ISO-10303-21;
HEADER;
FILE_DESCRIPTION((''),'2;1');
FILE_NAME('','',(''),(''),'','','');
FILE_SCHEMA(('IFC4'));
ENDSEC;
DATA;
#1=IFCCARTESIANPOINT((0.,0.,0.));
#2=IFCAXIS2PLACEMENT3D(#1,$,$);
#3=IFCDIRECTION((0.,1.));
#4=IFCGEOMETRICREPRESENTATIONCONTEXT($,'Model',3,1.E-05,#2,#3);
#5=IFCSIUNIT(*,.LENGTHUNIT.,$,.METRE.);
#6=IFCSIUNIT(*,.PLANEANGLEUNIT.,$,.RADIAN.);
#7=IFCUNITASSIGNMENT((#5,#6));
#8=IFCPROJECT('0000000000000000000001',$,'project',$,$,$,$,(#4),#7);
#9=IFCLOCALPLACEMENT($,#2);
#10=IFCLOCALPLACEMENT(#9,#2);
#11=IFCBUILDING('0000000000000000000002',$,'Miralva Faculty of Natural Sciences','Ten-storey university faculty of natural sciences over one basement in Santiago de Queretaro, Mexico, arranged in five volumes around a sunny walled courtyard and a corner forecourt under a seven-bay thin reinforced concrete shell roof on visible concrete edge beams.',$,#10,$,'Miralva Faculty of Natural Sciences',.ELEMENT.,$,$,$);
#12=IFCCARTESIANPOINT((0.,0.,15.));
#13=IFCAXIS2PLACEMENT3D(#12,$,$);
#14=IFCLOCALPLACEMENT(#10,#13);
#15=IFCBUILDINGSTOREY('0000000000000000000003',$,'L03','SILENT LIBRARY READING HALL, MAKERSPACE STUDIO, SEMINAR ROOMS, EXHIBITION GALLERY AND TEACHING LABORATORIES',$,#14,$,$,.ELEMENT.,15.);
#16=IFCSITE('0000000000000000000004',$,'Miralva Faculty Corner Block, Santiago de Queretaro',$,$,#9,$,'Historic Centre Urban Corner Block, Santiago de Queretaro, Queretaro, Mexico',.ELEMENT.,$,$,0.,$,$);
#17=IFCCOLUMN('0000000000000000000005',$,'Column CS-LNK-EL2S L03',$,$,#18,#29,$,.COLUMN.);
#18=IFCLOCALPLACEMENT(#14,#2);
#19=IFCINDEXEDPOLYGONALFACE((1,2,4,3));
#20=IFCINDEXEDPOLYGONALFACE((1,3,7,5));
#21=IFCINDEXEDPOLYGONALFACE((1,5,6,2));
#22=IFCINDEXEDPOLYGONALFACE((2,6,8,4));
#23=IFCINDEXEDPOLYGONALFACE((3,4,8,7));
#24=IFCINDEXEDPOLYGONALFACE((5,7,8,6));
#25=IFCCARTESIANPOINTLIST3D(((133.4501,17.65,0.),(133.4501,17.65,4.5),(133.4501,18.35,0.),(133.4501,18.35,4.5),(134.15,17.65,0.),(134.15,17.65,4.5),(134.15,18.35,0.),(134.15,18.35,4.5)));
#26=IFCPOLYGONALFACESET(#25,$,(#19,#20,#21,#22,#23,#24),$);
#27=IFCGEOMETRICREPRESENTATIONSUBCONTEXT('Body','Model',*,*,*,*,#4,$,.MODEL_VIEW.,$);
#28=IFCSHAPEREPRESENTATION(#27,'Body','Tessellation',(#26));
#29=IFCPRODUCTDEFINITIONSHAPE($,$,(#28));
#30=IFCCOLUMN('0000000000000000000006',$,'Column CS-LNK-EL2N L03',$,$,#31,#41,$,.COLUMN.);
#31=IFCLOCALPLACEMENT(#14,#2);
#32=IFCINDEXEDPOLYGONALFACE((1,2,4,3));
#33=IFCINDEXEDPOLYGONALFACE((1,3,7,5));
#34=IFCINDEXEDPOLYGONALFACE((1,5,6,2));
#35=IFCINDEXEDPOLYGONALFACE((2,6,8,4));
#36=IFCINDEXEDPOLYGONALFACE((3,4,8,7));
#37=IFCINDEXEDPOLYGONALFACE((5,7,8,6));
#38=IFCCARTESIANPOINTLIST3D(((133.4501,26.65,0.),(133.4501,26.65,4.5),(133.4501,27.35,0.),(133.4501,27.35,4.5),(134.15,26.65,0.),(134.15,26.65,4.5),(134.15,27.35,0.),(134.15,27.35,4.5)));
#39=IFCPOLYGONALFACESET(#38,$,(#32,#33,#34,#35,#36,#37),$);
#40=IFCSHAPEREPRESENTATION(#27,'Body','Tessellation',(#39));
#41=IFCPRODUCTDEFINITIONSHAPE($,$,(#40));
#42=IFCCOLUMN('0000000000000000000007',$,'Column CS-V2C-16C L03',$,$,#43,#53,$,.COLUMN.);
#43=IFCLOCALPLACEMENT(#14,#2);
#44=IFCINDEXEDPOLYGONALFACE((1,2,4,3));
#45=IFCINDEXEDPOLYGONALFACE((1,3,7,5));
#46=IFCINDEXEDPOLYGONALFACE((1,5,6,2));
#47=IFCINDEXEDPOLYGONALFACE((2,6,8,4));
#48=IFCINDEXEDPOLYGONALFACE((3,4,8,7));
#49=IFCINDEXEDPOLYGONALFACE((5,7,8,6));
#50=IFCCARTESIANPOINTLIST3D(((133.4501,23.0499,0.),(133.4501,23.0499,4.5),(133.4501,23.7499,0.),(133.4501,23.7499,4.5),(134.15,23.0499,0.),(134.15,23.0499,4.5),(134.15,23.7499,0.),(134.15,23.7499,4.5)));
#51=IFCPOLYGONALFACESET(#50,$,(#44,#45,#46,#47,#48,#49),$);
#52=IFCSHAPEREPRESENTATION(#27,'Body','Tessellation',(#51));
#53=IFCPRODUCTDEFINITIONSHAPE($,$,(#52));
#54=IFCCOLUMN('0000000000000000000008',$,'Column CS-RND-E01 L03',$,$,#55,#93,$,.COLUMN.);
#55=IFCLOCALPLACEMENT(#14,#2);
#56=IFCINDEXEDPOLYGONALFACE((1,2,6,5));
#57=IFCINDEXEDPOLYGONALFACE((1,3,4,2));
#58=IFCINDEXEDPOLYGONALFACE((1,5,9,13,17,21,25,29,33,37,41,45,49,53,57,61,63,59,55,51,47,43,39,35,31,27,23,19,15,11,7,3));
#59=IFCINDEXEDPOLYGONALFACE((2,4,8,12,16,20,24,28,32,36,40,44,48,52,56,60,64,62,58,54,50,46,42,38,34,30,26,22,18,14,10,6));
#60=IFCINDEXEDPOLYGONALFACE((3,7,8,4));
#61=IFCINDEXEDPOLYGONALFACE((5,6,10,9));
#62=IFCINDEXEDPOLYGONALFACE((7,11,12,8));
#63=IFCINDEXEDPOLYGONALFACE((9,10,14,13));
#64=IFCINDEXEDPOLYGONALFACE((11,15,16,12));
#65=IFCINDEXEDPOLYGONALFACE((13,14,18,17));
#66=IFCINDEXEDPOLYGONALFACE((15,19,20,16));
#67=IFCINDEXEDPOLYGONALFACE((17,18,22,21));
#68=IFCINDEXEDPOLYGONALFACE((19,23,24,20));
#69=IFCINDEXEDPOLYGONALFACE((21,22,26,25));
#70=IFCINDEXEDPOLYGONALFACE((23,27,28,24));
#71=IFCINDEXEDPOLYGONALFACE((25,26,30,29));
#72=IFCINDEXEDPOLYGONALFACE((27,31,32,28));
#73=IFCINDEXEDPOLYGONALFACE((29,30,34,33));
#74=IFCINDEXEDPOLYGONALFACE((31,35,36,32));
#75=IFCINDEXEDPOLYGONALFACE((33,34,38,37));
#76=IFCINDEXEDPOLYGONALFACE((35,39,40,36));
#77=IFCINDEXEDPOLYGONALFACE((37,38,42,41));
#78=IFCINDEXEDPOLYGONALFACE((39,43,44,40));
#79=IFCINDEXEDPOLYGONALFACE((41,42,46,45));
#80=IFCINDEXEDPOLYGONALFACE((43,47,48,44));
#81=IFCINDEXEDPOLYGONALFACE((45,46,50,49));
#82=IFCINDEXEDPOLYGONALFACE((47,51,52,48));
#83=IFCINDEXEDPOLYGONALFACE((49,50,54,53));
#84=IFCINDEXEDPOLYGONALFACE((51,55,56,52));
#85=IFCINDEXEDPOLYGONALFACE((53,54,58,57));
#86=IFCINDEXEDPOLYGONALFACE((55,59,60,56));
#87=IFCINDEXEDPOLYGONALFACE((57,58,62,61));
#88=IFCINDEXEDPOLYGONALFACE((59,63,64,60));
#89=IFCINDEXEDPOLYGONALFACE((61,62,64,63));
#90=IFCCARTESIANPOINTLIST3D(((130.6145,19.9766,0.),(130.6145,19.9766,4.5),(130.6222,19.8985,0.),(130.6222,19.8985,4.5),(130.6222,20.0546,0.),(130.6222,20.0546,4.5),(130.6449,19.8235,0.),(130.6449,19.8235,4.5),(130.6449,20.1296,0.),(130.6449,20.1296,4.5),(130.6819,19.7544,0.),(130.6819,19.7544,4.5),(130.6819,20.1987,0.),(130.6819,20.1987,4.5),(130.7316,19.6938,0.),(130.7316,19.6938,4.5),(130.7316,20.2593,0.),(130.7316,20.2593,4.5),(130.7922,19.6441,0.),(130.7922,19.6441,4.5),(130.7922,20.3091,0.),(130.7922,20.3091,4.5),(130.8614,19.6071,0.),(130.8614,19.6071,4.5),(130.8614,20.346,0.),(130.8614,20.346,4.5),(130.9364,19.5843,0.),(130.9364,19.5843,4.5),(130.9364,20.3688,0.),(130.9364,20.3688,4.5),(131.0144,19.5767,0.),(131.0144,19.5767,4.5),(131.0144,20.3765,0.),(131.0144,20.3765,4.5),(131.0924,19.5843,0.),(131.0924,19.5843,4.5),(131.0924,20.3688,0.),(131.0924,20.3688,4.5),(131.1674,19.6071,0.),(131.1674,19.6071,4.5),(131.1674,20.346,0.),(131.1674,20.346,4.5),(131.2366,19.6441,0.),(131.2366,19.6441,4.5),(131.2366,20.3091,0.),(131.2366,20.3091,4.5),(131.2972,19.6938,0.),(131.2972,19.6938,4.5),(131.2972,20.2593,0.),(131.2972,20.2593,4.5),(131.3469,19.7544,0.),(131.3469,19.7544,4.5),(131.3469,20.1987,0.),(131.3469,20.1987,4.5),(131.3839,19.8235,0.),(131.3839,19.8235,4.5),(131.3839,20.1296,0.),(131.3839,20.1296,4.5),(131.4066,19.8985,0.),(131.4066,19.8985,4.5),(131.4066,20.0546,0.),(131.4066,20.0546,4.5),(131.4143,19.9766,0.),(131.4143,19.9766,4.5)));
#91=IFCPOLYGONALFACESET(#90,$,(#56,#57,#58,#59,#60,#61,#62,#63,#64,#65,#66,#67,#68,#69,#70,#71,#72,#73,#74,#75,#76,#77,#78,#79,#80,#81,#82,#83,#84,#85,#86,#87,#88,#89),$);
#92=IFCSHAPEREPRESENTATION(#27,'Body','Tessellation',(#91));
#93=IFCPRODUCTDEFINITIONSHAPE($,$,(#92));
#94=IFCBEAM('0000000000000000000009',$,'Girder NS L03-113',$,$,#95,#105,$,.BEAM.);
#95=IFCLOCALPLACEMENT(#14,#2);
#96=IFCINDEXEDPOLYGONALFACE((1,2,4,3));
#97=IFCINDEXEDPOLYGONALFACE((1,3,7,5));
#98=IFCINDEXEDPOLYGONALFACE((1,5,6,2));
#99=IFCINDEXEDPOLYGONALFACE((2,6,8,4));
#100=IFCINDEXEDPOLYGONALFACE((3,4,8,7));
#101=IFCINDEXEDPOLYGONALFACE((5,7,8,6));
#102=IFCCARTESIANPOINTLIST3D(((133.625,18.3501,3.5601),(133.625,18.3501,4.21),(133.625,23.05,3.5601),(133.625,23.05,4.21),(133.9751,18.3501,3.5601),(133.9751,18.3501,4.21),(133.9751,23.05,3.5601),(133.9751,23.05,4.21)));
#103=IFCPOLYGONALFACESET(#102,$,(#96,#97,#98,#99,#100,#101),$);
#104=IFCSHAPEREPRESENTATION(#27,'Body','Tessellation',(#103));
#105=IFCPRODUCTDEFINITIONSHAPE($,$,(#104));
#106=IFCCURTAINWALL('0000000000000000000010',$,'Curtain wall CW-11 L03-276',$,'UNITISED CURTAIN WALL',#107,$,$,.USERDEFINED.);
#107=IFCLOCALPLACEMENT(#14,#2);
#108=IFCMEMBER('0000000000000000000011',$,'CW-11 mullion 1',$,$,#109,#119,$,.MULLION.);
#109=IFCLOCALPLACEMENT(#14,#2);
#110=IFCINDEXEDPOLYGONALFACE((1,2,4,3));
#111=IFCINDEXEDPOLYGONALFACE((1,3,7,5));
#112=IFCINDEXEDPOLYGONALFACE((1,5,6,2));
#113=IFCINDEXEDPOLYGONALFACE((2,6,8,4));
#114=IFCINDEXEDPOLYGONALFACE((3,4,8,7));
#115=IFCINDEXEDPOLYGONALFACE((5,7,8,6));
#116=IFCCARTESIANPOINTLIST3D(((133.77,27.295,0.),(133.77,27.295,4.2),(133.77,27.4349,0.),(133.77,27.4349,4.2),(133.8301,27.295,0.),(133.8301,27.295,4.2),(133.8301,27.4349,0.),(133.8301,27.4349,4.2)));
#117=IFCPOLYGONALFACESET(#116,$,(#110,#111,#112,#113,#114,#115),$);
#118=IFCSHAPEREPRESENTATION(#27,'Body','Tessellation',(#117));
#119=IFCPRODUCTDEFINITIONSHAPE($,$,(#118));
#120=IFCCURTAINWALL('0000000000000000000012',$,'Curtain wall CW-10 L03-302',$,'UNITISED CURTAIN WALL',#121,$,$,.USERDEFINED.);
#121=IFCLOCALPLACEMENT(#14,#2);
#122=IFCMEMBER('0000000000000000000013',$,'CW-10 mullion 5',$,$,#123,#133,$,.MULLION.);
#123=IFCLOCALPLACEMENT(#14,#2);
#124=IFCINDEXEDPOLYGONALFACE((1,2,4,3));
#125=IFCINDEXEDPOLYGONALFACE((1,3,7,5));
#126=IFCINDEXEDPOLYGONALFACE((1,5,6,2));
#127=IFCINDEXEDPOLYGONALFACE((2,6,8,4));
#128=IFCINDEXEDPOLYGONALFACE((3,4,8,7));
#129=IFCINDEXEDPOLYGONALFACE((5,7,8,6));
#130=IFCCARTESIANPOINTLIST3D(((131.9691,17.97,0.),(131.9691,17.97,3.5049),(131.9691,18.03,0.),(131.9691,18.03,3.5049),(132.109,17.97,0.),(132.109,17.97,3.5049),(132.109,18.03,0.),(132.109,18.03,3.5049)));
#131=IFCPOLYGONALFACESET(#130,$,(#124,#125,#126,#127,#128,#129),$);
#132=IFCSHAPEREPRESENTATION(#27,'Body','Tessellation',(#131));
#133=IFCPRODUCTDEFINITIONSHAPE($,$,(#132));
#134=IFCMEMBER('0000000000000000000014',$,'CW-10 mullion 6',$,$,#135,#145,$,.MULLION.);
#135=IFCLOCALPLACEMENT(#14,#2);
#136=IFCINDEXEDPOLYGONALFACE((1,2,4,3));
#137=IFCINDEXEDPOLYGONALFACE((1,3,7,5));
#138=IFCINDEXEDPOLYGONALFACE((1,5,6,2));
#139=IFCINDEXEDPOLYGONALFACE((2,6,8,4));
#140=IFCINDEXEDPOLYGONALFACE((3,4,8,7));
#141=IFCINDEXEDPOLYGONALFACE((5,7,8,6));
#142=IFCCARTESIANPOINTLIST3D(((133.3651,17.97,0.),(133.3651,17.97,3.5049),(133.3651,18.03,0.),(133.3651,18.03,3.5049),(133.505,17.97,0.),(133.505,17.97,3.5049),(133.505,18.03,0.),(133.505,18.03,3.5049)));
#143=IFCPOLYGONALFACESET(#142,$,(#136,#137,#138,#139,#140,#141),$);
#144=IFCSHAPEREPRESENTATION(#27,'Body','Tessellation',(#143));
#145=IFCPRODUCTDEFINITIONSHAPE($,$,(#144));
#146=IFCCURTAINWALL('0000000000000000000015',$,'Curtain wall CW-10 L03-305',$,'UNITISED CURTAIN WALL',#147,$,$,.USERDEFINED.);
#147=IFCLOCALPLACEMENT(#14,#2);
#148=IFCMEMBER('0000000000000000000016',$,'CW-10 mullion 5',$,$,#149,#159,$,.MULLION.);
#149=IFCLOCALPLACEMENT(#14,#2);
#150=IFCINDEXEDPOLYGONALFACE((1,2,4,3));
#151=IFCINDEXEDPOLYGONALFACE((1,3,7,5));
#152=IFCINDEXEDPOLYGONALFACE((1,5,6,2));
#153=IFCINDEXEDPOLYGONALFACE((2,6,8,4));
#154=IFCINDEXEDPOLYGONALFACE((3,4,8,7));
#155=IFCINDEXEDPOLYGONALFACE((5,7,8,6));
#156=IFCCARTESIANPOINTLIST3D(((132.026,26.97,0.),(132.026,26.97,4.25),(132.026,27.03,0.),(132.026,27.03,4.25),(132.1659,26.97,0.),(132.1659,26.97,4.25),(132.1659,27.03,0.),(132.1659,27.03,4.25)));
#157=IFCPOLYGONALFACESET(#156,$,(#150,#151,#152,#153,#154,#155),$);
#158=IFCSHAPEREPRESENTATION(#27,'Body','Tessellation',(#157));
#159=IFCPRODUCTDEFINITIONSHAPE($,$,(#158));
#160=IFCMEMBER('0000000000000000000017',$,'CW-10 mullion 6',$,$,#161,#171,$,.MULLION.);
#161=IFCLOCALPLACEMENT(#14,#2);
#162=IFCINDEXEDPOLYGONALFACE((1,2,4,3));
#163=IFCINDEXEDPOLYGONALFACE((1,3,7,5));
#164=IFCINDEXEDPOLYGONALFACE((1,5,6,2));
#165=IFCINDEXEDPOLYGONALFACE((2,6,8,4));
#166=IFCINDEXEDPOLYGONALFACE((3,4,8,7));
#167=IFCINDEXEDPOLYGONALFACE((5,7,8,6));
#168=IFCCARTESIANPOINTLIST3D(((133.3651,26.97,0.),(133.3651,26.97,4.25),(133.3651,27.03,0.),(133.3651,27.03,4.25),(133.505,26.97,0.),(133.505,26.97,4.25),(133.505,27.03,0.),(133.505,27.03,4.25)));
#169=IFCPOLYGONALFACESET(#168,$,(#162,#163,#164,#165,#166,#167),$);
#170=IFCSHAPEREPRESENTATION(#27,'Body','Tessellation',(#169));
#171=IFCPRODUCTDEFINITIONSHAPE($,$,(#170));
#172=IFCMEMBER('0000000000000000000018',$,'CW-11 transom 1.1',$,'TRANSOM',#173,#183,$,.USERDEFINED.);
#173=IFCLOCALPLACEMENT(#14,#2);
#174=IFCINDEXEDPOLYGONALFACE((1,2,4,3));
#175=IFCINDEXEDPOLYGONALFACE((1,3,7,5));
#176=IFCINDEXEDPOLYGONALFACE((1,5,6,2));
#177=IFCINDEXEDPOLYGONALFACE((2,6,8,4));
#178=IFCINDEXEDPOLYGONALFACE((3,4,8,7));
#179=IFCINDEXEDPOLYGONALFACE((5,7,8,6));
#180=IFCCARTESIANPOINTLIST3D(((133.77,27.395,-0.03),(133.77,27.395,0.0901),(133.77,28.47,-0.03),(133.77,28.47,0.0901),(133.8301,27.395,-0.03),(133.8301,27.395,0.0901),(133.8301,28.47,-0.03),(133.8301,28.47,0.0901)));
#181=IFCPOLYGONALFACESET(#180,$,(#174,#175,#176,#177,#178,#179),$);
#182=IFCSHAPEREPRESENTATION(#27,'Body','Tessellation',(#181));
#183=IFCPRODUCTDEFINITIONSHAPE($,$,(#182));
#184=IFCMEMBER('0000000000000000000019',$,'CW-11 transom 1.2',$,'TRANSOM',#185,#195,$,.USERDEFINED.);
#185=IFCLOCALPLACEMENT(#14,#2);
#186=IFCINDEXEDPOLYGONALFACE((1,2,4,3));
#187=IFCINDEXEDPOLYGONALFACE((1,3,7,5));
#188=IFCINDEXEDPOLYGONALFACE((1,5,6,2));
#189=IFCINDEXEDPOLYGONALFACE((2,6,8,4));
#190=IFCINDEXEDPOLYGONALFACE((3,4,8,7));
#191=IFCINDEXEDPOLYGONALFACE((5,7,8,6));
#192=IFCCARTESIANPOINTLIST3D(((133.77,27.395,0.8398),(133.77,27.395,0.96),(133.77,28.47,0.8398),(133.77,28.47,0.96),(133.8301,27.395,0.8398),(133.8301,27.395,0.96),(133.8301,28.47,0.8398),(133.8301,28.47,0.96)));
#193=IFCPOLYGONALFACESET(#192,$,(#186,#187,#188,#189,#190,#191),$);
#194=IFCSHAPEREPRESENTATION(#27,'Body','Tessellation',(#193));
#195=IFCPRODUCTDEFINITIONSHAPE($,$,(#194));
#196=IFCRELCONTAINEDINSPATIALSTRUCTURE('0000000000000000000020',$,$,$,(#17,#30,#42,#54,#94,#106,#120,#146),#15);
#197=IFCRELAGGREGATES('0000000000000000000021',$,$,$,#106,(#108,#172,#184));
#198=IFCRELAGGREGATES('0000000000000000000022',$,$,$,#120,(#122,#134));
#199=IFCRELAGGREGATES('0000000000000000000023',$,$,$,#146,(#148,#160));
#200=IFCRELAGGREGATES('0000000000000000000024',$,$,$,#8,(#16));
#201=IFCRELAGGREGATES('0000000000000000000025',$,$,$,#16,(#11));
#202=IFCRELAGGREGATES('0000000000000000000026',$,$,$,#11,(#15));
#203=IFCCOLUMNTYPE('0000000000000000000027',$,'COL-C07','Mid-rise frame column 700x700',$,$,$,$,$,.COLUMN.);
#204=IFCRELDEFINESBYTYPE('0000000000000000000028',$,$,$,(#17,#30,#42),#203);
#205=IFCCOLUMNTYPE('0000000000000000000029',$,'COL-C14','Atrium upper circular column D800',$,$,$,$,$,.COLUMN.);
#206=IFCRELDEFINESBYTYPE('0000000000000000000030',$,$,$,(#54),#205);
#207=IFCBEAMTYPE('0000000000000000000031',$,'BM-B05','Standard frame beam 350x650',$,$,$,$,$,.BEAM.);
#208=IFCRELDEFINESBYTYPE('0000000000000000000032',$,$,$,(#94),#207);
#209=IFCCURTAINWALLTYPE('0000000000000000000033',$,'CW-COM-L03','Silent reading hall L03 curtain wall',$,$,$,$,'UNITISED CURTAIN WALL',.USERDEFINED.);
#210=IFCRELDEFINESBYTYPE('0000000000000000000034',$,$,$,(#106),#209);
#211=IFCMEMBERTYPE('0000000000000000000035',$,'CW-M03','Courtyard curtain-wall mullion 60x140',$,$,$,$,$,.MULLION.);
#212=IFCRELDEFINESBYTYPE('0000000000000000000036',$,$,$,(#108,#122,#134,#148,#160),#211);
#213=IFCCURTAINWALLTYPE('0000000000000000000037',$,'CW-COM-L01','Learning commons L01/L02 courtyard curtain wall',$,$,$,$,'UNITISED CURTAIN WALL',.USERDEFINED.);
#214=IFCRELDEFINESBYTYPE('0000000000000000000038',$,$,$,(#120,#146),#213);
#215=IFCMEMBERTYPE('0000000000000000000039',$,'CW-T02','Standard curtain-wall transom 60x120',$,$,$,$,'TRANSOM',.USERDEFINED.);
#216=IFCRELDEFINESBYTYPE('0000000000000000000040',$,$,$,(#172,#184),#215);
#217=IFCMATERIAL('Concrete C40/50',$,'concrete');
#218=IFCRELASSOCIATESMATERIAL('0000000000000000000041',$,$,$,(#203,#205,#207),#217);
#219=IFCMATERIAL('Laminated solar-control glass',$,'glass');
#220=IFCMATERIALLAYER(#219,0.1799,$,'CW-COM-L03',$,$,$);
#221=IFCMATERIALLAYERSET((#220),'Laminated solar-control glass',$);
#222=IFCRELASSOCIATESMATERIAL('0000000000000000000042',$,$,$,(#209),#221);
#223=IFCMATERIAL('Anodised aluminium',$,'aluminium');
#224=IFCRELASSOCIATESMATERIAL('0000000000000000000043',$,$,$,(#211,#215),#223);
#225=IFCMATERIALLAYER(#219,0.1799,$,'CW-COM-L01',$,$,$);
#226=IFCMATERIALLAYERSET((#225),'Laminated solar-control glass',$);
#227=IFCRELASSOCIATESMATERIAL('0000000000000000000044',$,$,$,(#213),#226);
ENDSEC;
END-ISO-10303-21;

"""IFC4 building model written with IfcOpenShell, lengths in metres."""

from ifc_helpers import new_model, si_unit, direction, frame, origin, origin_2d, place, context, subcontext, project, spatial, rectangle, circle, extrude, material, layer, layer_set, material_profile, profile_set, type_object, element, aggregate, save


model = new_model("IFC4")

# Units and contexts
model_context = context("Model", 3, precision=1e-05, world=origin(), true_north=direction((0.0, 1.0)))
body_context = subcontext(model_context, "Body", "Model", "MODEL_VIEW")
ifc_project = project(units=[si_unit("LENGTHUNIT", "METRE"), si_unit("PLANEANGLEUNIT", "RADIAN")], contexts=[model_context])

# Site, building, storey
site_placement = place(None, origin())
site = spatial("IfcSite", under=ifc_project, at=site_placement, Name="Miralva Faculty Corner Block, Santiago de Queretaro", LongName="Historic Centre Urban Corner Block, Santiago de Queretaro, Queretaro, Mexico", CompositionType="ELEMENT", RefElevation=0.0)
building_placement = place(site_placement, origin())
building = spatial("IfcBuilding", under=site, at=building_placement, Name="Miralva Faculty of Natural Sciences", Description="Ten-storey university faculty of natural sciences over one basement in Santiago de Queretaro, Mexico, arranged in five volumes around a sunny walled courtyard and a corner forecourt under a seven-bay thin reinforced concrete shell roof on visible concrete edge beams.", LongName="Miralva Faculty of Natural Sciences", CompositionType="ELEMENT")
storey_placement = place(building_placement, frame((0.0, 0.0, 15.0)))
storey = spatial("IfcBuildingStorey", under=building, at=storey_placement, Name="L03", Description="SILENT LIBRARY READING HALL, MAKERSPACE STUDIO, SEMINAR ROOMS, EXHIBITION GALLERY AND TEACHING LABORATORIES", CompositionType="ELEMENT", Elevation=15.0)

# Columns
ifc_material_1 = material(Name="Concrete C40/50", Category="concrete")
ifc_material_profile_1 = material_profile(ifc_material_1, rectangle(XDim=0.7, YDim=0.7, at=origin_2d()), Name="RC 700x700")
ifc_profile_set_1 = profile_set([ifc_material_profile_1], Name="Concrete C40/50")
column_type_1 = type_object("IfcColumnType", Name="COL-C07", Description="Mid-rise frame column 700x700", PredefinedType="COLUMN", material=ifc_profile_set_1)
for number, where, z_axis, x_axis, name in (
    (1, (133.8, 18.0, 0.0), (0.0, 0.0, 1.0), (1.0, 0.0, 0.0), "Column CS-LNK-EL2S L03"),
    (2, (133.8, 27.0, 0.0), (0.0, 0.0, 1.0), (1.0, 0.0, 0.0), "Column CS-LNK-EL2N L03"),
    (3, (133.8, 23.3999, 0.0), (0.0, 0.0, 1.0), (1.0, 0.0, 0.0), "Column CS-V2C-16C L03"),
):
    element("IfcColumn", number, at=place(storey_placement, frame(where, z_axis=z_axis, x_axis=x_axis)), inside=storey, type_object=column_type_1, Name=name, PredefinedType="COLUMN", context=body_context, shape_type="SweptSolid", body=[
        extrude(rectangle(XDim=0.7, YDim=0.7, at=origin_2d()), origin(), (0.0, 0.0, 1.0), 4.5),
    ])
ifc_material_profile_2 = material_profile(ifc_material_1, circle(Radius=0.3999, at=origin_2d()), Name="RC DIA 800")
ifc_profile_set_2 = profile_set([ifc_material_profile_2], Name="Concrete C40/50")
column_type_2 = type_object("IfcColumnType", Name="COL-C14", Description="Atrium upper circular column D800", PredefinedType="COLUMN", material=ifc_profile_set_2)
column_placement = place(storey_placement, frame((131.0144, 19.9766, 0.0), z_axis=(0.0, 0.0, 1.0), x_axis=(1.0, 0.0, 0.0)))
element("IfcColumn", 4, at=column_placement, inside=storey, type_object=column_type_2, Name="Column CS-RND-E01 L03", PredefinedType="COLUMN", context=body_context, shape_type="SweptSolid", body=[
    extrude(circle(Radius=0.3999, at=origin_2d()), origin(), (0.0, 0.0, 1.0), 4.5),
])

# Beam
ifc_material_profile_3 = material_profile(ifc_material_1, rectangle(XDim=0.3501, YDim=0.6499, at=origin_2d()), Name="RC 350x650")
ifc_profile_set_3 = profile_set([ifc_material_profile_3], Name="Concrete C40/50")
beam_type = type_object("IfcBeamType", Name="BM-B05", Description="Standard frame beam 350x650", PredefinedType="BEAM", material=ifc_profile_set_3)
beam_placement = place(storey_placement, frame((133.8, 18.3501, 3.885), z_axis=(0.0, 1.0, 0.0), x_axis=(-1.0, 0.0, 0.0)))
element("IfcBeam", 5, at=beam_placement, inside=storey, type_object=beam_type, Name="Girder NS L03-113", PredefinedType="BEAM", context=body_context, shape_type="SweptSolid", body=[
    extrude(rectangle(XDim=0.3501, YDim=0.6499, at=origin_2d()), origin(), (0.0, 0.0, 1.0), 4.7),
])

# Curtain wall, member
ifc_material_2 = material(Name="Laminated solar-control glass", Category="glass")
ifc_layer_1 = layer(ifc_material_2, 0.1799, Name="CW-COM-L03")
ifc_layer_set_1 = layer_set([ifc_layer_1], Name="Laminated solar-control glass")
curtain_wall_type_1 = type_object("IfcCurtainWallType", Name="CW-COM-L03", Description="Silent reading hall L03 curtain wall", ElementType="UNITISED CURTAIN WALL", PredefinedType="USERDEFINED", material=ifc_layer_set_1)
curtain_wall_1_placement = place(storey_placement, origin())
curtain_wall_1 = element("IfcCurtainWall", 6, at=curtain_wall_1_placement, inside=storey, type_object=curtain_wall_type_1, Name="Curtain wall CW-11 L03-276", ObjectType="UNITISED CURTAIN WALL", PredefinedType="USERDEFINED")
ifc_material_3 = material(Name="Anodised aluminium", Category="aluminium")
ifc_material_profile_4 = material_profile(ifc_material_3, rectangle(XDim=0.0601, YDim=0.1399, at=origin_2d()), Name="MULLION 60x140")
ifc_profile_set_4 = profile_set([ifc_material_profile_4], Name="Anodised aluminium")
member_type_1 = type_object("IfcMemberType", Name="CW-M03", Description="Courtyard curtain-wall mullion 60x140", PredefinedType="MULLION", material=ifc_profile_set_4)
member_1_placement = place(storey_placement, frame((133.8, 27.365, 0.0), z_axis=(0.0, 0.0, 1.0), x_axis=(-1.0, 0.0, 0.0)))
member_1 = element("IfcMember", 7, at=member_1_placement, type_object=member_type_1, Name="CW-11 mullion 1", PredefinedType="MULLION", context=body_context, shape_type="SweptSolid", body=[
    extrude(rectangle(XDim=0.0601, YDim=0.1399, at=origin_2d()), origin(), (0.0, 0.0, 1.0), 4.2),
])

# Curtain walls, members
ifc_layer_2 = layer(ifc_material_2, 0.1799, Name="CW-COM-L01")
ifc_layer_set_2 = layer_set([ifc_layer_2], Name="Laminated solar-control glass")
curtain_wall_type_2 = type_object("IfcCurtainWallType", Name="CW-COM-L01", Description="Learning commons L01/L02 courtyard curtain wall", ElementType="UNITISED CURTAIN WALL", PredefinedType="USERDEFINED", material=ifc_layer_set_2)
curtain_wall_2_placement = place(storey_placement, origin())
curtain_wall_2 = element("IfcCurtainWall", 8, at=curtain_wall_2_placement, inside=storey, type_object=curtain_wall_type_2, Name="Curtain wall CW-10 L03-302", ObjectType="UNITISED CURTAIN WALL", PredefinedType="USERDEFINED")
member_2_placement = place(storey_placement, frame((132.0391, 18.0, 0.0), z_axis=(0.0, 0.0, 1.0), x_axis=(0.0, 1.0, 0.0)))
member_2 = element("IfcMember", 9, at=member_2_placement, type_object=member_type_1, Name="CW-10 mullion 5", PredefinedType="MULLION", context=body_context, shape_type="SweptSolid", body=[
    extrude(rectangle(XDim=0.0601, YDim=0.1399, at=origin_2d()), origin(), (0.0, 0.0, 1.0), 3.5049),
])
member_3_placement = place(storey_placement, frame((133.4351, 18.0, 0.0), z_axis=(0.0, 0.0, 1.0), x_axis=(0.0, 1.0, 0.0)))
member_3 = element("IfcMember", 10, at=member_3_placement, type_object=member_type_1, Name="CW-10 mullion 6", PredefinedType="MULLION", context=body_context, shape_type="SweptSolid", body=[
    extrude(rectangle(XDim=0.0601, YDim=0.1399, at=origin_2d()), origin(), (0.0, 0.0, 1.0), 3.5049),
])
curtain_wall_3_placement = place(storey_placement, origin())
curtain_wall_3 = element("IfcCurtainWall", 11, at=curtain_wall_3_placement, inside=storey, type_object=curtain_wall_type_2, Name="Curtain wall CW-10 L03-305", ObjectType="UNITISED CURTAIN WALL", PredefinedType="USERDEFINED")
member_4_placement = place(storey_placement, frame((132.0959, 27.0, 0.0), z_axis=(0.0, 0.0, 1.0), x_axis=(0.0, 1.0, 0.0)))
member_4 = element("IfcMember", 12, at=member_4_placement, type_object=member_type_1, Name="CW-10 mullion 5", PredefinedType="MULLION", context=body_context, shape_type="SweptSolid", body=[
    extrude(rectangle(XDim=0.0601, YDim=0.1399, at=origin_2d()), origin(), (0.0, 0.0, 1.0), 4.25),
])
member_5_placement = place(storey_placement, frame((133.4351, 27.0, 0.0), z_axis=(0.0, 0.0, 1.0), x_axis=(0.0, 1.0, 0.0)))
member_5 = element("IfcMember", 13, at=member_5_placement, type_object=member_type_1, Name="CW-10 mullion 6", PredefinedType="MULLION", context=body_context, shape_type="SweptSolid", body=[
    extrude(rectangle(XDim=0.0601, YDim=0.1399, at=origin_2d()), origin(), (0.0, 0.0, 1.0), 4.25),
])

# Members
ifc_material_profile_5 = material_profile(ifc_material_3, rectangle(XDim=0.0601, YDim=0.1201, at=origin_2d()), Name="TRANSOM 60x120")
ifc_profile_set_5 = profile_set([ifc_material_profile_5], Name="Anodised aluminium")
member_type_2 = type_object("IfcMemberType", Name="CW-T02", Description="Standard curtain-wall transom 60x120", ElementType="TRANSOM", PredefinedType="USERDEFINED", material=ifc_profile_set_5)
member_6_placement = place(storey_placement, frame((133.8, 27.395, 0.03), z_axis=(0.0, 1.0, 0.0), x_axis=(-1.0, 0.0, 0.0)))
member_6 = element("IfcMember", 14, at=member_6_placement, type_object=member_type_2, Name="CW-11 transom 1.1", ObjectType="TRANSOM", PredefinedType="USERDEFINED", context=body_context, shape_type="SweptSolid", body=[
    extrude(rectangle(XDim=0.0601, YDim=0.1201, at=origin_2d()), origin(), (0.0, 0.0, 1.0), 1.075),
])
member_7_placement = place(storey_placement, frame((133.8, 27.395, 0.8999), z_axis=(0.0, 1.0, 0.0), x_axis=(-1.0, 0.0, 0.0)))
member_7 = element("IfcMember", 15, at=member_7_placement, type_object=member_type_2, Name="CW-11 transom 1.2", ObjectType="TRANSOM", PredefinedType="USERDEFINED", context=body_context, shape_type="SweptSolid", body=[
    extrude(rectangle(XDim=0.0601, YDim=0.1201, at=origin_2d()), origin(), (0.0, 0.0, 1.0), 1.075),
])

aggregate(curtain_wall_1, [member_1, member_6, member_7])
aggregate(curtain_wall_2, [member_2, member_3])
aggregate(curtain_wall_3, [member_4, member_5])

save(model, "model.ifc")
